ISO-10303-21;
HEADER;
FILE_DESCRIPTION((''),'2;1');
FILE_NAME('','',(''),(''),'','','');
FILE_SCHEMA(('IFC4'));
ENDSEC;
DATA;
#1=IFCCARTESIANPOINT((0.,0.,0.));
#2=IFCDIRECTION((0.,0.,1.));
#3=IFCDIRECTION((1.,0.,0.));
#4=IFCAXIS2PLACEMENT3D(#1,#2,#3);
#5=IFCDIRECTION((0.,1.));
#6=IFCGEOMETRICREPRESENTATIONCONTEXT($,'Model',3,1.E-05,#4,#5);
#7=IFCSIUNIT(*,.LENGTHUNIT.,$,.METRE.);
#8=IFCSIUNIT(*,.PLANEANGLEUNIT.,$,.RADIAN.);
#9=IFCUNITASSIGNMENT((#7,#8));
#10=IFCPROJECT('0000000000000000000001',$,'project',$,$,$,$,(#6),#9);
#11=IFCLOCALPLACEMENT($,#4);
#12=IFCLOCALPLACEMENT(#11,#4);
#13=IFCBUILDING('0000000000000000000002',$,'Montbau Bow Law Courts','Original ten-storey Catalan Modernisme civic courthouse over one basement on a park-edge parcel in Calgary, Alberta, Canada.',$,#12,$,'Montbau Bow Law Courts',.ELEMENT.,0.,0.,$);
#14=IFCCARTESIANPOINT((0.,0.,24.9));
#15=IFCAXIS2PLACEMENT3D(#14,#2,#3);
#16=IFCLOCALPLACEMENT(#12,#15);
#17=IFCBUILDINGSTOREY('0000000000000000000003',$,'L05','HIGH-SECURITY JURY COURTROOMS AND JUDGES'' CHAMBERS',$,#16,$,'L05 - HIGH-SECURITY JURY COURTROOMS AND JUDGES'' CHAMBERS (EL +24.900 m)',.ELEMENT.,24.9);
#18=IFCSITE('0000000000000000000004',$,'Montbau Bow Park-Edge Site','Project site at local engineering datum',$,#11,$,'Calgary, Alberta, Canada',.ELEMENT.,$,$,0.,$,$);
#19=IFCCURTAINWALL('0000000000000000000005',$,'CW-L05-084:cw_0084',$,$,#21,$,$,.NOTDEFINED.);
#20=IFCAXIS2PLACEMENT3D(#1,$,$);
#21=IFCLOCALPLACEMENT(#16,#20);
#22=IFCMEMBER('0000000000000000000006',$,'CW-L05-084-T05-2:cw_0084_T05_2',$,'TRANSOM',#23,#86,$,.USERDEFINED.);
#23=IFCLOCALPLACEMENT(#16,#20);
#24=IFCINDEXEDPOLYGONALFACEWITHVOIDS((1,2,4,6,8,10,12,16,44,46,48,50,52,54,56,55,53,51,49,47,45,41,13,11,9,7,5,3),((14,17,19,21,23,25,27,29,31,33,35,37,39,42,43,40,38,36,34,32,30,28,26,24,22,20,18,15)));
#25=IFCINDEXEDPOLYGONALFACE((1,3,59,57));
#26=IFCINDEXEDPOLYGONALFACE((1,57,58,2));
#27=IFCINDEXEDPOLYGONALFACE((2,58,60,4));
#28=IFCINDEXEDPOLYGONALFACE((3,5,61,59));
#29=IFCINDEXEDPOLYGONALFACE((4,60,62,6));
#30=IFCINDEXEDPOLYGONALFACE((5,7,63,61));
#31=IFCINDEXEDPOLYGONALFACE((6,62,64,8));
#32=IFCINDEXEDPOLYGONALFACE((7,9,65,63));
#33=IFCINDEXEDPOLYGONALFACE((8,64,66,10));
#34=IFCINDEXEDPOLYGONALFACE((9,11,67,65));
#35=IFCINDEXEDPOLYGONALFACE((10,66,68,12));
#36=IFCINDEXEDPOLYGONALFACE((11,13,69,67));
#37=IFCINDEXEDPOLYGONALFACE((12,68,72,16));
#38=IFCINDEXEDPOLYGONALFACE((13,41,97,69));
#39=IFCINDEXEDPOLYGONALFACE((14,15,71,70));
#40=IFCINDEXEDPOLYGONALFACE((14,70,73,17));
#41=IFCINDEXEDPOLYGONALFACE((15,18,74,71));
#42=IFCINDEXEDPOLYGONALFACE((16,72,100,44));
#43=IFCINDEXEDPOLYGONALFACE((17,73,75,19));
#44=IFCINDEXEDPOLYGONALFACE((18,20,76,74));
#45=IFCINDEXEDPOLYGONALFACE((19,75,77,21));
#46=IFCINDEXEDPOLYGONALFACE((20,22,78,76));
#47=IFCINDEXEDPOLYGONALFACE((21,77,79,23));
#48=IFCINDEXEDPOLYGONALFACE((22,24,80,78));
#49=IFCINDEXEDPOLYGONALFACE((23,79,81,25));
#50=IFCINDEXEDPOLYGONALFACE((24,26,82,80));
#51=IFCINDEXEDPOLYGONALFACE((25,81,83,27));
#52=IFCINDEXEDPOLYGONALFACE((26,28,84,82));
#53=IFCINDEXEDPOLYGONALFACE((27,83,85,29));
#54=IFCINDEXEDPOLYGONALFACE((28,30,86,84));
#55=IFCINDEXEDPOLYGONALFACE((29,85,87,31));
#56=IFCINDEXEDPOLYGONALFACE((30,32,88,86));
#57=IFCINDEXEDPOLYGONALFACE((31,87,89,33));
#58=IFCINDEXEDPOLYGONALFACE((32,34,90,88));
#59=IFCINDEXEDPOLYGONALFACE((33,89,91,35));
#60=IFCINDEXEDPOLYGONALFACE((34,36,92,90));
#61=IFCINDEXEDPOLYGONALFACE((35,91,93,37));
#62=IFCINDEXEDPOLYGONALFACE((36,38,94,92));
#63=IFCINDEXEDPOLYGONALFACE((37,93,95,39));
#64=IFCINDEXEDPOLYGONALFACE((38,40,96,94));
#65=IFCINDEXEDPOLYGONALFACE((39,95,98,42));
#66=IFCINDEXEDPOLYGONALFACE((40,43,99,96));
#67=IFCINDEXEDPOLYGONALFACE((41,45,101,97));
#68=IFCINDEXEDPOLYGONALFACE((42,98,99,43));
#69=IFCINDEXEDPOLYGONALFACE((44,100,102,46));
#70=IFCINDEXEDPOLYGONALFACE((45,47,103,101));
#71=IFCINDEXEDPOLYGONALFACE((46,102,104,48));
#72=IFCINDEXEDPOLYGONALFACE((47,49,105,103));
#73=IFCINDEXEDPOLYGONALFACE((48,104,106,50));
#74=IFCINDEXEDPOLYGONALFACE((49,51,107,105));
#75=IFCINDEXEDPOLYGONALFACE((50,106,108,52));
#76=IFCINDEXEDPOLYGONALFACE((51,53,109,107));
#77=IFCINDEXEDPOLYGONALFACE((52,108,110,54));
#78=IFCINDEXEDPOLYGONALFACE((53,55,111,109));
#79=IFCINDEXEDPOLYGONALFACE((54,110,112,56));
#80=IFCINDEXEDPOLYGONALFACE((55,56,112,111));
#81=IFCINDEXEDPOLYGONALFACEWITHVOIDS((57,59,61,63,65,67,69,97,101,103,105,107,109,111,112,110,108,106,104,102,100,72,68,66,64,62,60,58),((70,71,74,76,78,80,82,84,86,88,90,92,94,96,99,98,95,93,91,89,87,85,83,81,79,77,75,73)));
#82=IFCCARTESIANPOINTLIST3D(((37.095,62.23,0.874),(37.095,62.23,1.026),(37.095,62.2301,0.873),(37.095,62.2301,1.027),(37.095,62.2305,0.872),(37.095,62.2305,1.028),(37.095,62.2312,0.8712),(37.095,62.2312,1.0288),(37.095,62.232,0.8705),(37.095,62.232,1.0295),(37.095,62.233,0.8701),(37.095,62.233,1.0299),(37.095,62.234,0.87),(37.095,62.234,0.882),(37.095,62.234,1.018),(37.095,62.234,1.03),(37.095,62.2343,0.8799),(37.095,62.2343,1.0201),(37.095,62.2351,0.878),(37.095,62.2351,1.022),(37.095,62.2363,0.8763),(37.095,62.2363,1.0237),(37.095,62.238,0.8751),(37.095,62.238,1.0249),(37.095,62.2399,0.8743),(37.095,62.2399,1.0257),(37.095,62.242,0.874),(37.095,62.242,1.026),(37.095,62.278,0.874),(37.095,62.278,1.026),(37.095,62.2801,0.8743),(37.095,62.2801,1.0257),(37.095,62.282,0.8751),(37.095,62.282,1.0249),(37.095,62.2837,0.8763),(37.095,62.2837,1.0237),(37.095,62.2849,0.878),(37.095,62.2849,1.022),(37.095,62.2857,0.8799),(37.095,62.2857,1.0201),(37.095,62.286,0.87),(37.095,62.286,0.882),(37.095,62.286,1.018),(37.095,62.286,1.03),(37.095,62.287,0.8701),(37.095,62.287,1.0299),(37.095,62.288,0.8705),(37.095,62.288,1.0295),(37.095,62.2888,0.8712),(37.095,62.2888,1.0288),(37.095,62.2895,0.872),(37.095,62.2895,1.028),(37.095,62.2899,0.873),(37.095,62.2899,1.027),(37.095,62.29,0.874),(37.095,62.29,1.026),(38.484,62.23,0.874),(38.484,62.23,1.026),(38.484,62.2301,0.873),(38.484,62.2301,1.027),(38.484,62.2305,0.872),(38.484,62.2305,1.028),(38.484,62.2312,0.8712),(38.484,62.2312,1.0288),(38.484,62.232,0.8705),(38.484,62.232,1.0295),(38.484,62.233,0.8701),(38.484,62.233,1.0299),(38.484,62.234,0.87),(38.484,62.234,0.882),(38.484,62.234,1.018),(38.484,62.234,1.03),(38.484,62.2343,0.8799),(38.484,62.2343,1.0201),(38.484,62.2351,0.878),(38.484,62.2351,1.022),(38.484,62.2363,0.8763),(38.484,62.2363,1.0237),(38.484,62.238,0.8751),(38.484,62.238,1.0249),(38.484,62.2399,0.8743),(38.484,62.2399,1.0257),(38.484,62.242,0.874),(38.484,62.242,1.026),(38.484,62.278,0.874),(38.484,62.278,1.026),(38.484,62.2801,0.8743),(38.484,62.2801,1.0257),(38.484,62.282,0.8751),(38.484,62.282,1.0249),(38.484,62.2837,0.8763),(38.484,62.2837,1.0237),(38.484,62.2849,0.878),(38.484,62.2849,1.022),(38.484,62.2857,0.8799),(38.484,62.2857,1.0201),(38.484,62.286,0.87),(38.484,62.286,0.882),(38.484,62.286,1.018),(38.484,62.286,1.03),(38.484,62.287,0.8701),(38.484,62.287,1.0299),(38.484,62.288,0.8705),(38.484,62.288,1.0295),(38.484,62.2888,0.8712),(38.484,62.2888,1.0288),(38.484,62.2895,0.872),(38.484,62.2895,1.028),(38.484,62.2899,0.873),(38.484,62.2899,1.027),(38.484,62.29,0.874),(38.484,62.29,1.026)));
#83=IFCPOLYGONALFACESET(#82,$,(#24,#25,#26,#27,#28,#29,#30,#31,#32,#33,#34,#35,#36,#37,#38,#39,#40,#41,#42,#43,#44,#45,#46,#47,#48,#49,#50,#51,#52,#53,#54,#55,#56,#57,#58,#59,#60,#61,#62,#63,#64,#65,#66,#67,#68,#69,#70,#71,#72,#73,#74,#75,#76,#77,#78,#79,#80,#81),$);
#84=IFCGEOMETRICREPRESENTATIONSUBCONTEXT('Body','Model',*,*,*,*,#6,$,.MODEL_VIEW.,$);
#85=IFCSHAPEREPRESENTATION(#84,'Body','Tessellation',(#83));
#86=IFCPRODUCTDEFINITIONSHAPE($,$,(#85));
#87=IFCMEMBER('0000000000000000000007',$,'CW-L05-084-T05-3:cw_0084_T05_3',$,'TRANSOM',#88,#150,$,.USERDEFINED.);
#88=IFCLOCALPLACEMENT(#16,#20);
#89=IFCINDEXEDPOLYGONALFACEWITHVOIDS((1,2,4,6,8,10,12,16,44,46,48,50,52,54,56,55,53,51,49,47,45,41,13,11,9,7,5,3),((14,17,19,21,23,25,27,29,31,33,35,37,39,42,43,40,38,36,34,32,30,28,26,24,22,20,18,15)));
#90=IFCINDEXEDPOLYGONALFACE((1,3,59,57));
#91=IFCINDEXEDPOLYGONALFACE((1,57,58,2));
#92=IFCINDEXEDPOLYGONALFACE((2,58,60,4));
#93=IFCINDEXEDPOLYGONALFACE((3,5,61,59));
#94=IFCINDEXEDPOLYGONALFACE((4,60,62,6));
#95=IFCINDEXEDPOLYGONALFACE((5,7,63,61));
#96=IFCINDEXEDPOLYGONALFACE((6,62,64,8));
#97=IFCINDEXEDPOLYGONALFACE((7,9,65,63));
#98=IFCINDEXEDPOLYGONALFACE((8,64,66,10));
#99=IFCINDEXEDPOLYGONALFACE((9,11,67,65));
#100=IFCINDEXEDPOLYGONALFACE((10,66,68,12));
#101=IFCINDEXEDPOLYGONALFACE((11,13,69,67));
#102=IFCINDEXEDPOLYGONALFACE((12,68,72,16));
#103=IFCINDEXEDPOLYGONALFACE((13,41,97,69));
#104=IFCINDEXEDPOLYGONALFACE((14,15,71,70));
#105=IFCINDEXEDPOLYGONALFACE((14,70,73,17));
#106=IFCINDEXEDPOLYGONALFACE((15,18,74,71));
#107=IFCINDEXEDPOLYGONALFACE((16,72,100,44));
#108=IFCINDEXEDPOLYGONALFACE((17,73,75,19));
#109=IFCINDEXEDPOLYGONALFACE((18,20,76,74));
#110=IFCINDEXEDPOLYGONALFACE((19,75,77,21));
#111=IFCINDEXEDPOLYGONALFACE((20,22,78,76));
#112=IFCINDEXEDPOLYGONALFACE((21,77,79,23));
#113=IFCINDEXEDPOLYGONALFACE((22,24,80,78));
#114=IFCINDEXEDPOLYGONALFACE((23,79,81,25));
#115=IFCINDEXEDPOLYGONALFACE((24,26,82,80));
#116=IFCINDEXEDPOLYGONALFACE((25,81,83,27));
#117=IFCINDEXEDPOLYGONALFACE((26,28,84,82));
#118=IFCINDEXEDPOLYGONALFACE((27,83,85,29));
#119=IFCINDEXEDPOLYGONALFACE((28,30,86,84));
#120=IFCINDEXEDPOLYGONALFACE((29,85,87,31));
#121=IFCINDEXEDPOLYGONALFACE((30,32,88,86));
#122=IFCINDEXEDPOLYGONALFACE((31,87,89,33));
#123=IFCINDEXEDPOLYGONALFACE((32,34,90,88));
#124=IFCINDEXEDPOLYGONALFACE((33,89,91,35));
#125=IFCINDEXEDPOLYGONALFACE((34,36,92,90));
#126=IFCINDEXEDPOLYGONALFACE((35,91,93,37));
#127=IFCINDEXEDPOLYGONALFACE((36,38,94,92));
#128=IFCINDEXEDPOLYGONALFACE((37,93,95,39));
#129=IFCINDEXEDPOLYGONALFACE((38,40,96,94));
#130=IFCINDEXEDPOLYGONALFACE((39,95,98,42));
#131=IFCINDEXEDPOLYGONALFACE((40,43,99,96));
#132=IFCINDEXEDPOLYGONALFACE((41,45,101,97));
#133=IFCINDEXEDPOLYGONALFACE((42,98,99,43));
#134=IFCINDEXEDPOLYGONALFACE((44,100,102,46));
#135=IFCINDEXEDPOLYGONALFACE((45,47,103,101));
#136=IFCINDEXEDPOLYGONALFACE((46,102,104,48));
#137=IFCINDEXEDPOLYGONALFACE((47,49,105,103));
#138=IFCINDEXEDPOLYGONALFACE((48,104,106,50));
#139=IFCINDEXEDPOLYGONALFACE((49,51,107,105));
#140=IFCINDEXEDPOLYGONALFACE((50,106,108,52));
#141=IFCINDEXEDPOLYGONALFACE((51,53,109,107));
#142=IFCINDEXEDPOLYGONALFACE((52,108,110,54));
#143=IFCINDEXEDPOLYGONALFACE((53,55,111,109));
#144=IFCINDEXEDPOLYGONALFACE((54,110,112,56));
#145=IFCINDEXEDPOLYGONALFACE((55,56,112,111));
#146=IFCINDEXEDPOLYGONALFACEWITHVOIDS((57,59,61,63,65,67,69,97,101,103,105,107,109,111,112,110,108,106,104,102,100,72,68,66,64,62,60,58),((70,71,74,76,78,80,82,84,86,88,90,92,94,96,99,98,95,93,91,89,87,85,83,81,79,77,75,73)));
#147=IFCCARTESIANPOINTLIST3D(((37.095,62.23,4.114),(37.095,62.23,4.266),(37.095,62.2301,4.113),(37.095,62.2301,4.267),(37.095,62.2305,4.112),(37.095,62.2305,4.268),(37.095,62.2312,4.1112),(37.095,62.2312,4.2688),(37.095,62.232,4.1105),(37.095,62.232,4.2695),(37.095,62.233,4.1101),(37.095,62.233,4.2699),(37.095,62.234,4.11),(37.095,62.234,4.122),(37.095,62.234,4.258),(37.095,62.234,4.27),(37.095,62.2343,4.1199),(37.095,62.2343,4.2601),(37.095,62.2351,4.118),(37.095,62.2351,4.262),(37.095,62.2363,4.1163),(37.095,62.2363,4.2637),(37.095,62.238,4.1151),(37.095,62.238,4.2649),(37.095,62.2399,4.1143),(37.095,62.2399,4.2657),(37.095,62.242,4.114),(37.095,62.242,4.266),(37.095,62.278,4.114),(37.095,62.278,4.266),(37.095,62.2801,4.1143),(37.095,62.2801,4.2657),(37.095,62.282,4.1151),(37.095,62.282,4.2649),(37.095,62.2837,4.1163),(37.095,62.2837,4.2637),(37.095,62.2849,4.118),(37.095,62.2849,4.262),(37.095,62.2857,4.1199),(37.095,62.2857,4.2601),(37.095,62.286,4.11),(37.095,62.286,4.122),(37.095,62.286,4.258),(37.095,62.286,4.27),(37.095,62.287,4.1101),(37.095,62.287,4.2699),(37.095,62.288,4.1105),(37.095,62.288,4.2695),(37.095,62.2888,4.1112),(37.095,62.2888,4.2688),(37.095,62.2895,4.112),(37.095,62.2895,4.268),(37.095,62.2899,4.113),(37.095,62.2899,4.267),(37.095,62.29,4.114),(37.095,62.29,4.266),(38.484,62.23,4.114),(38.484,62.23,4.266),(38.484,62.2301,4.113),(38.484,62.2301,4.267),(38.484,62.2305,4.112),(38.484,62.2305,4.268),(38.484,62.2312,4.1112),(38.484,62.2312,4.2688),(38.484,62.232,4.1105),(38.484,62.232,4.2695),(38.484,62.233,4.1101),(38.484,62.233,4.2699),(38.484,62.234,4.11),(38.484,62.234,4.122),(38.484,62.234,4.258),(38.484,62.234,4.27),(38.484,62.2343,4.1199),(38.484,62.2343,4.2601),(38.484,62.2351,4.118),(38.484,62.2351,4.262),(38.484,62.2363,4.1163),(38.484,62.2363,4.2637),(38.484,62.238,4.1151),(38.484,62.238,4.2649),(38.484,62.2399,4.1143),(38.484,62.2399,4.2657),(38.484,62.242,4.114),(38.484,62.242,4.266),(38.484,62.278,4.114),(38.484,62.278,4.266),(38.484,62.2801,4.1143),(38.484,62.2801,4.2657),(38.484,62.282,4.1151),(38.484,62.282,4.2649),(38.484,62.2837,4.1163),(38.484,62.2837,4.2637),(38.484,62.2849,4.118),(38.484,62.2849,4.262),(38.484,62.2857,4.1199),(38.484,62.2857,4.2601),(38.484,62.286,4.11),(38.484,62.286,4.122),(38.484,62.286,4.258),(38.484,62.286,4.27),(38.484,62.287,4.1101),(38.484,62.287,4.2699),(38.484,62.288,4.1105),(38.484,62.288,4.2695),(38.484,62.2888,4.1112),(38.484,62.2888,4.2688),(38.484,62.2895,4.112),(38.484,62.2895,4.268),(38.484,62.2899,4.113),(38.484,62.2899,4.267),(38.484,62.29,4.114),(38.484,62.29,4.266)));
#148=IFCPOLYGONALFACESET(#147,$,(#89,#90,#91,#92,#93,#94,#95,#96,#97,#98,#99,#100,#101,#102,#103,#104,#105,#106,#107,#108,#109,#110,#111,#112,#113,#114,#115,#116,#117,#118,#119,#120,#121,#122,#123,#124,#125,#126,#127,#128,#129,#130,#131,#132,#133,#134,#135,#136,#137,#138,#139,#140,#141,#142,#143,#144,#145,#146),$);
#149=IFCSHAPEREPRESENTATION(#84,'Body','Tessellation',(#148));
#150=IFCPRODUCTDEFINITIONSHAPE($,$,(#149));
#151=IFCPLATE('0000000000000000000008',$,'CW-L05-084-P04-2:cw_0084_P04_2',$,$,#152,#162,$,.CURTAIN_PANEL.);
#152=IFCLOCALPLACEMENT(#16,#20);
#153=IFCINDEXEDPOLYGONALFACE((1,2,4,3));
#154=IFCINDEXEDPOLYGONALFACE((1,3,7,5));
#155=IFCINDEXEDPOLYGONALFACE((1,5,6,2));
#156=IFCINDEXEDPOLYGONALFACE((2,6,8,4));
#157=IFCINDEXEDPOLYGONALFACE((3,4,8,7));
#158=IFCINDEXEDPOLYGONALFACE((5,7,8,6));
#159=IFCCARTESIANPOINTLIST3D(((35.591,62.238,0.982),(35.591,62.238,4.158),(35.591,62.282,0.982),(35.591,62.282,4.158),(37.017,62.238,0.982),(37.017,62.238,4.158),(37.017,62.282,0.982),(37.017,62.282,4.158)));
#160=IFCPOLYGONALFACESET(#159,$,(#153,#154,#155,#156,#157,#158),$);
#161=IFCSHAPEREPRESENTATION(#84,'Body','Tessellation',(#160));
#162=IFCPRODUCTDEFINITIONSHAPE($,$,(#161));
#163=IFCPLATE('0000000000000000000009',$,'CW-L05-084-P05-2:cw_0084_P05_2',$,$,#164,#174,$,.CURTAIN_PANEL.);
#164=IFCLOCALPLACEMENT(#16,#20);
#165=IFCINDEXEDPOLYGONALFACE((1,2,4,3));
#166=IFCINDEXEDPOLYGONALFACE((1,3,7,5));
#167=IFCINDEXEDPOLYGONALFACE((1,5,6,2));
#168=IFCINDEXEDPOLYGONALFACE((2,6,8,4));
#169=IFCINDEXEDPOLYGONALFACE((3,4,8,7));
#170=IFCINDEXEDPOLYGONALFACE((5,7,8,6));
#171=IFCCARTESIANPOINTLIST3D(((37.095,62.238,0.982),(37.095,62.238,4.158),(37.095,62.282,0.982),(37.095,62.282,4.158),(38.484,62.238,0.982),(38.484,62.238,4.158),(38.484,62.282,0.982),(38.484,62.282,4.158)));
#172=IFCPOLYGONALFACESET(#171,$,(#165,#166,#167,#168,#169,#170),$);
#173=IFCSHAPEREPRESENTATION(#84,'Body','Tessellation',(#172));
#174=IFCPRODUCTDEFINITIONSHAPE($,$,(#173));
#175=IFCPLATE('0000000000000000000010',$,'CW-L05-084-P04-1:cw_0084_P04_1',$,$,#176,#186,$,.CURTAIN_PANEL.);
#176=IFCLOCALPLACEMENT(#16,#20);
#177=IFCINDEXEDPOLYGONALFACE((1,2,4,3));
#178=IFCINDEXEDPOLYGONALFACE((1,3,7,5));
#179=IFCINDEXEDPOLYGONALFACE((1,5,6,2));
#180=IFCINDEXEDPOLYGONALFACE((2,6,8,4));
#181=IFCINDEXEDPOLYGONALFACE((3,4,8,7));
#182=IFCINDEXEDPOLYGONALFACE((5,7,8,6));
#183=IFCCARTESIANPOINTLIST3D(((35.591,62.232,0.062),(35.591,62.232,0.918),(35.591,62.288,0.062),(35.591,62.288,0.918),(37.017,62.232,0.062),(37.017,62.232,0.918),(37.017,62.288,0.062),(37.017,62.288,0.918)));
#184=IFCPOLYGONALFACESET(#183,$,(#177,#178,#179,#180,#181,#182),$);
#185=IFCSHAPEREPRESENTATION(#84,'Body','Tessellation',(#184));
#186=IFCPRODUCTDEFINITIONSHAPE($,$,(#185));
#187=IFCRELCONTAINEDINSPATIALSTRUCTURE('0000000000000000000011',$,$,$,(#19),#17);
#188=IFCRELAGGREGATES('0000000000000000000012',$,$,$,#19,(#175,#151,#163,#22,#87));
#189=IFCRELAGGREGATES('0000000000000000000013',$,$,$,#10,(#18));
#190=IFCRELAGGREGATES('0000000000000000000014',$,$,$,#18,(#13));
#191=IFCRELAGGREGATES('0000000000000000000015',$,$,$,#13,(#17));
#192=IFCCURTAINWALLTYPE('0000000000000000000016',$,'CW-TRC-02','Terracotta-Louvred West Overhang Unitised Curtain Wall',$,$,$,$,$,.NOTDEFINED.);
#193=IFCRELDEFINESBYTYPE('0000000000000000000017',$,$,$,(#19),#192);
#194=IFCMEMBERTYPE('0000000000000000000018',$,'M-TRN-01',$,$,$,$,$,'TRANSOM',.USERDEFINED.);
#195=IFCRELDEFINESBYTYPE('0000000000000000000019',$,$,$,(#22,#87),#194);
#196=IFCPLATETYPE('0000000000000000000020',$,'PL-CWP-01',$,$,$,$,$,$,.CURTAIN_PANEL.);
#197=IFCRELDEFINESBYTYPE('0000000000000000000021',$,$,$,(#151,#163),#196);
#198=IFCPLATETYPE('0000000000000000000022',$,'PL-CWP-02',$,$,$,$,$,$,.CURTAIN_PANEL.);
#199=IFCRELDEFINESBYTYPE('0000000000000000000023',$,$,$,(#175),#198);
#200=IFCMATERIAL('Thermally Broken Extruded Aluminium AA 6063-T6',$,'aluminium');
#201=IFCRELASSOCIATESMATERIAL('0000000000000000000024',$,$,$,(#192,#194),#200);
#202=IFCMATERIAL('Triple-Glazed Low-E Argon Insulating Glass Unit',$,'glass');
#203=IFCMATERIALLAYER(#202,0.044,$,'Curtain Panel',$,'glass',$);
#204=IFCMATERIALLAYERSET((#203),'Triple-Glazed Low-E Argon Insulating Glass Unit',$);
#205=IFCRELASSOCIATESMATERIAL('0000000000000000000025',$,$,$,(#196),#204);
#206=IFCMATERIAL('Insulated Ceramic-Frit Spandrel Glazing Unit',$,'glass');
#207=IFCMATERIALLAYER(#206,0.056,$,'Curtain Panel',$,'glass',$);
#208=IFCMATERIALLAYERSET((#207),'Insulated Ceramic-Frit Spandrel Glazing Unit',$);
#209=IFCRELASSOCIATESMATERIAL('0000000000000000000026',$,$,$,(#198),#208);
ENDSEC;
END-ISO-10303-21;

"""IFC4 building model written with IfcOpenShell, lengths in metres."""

from ifc_helpers import new_model, si_unit, direction, frame, frame_2d, origin_with_axes, origin_2d_with_axis, place, context, subcontext, project, spatial, rectangle, hollow_rectangle, extrude, material, layer, layer_set, material_profile, profile_set, type_object, element, aggregate, save


model = new_model("IFC4")

# Units and contexts
model_context = context("Model", 3, precision=1e-05, world=origin_with_axes(), true_north=direction((0.0, 1.0)))
body_context = subcontext(model_context, "Body", "Model", "MODEL_VIEW")
ifc_project = project(units=[si_unit("LENGTHUNIT", "METRE"), si_unit("PLANEANGLEUNIT", "RADIAN")], contexts=[model_context])

# Site, building, storey
site_placement = place(None, origin_with_axes())
site = spatial("IfcSite", under=ifc_project, at=site_placement, Name="Montbau Bow Park-Edge Site", Description="Project site at local engineering datum", LongName="Calgary, Alberta, Canada", CompositionType="ELEMENT", RefElevation=0.0)
building_placement = place(site_placement, origin_with_axes())
building = spatial("IfcBuilding", under=site, at=building_placement, Name="Montbau Bow Law Courts", Description="Original ten-storey Catalan Modernisme civic courthouse over one basement on a park-edge parcel in Calgary, Alberta, Canada.", LongName="Montbau Bow Law Courts", CompositionType="ELEMENT", ElevationOfRefHeight=0.0, ElevationOfTerrain=0.0)
storey_placement = place(building_placement, frame((0.0, 0.0, 24.9), z_axis=(0.0, 0.0, 1.0), x_axis=(1.0, 0.0, 0.0)))
storey = spatial("IfcBuildingStorey", under=building, at=storey_placement, Name="L05", Description="HIGH-SECURITY JURY COURTROOMS AND JUDGES' CHAMBERS", LongName="L05 - HIGH-SECURITY JURY COURTROOMS AND JUDGES' CHAMBERS (EL +24.900 m)", CompositionType="ELEMENT", Elevation=24.9)

# Curtain wall, members, plates
ifc_material_1 = material(Name="Thermally Broken Extruded Aluminium AA 6063-T6", Category="aluminium")
curtain_wall_type = type_object("IfcCurtainWallType", Name="CW-TRC-02", Description="Terracotta-Louvred West Overhang Unitised Curtain Wall", PredefinedType="NOTDEFINED", material=ifc_material_1)
curtain_wall_placement = place(None, frame((31.04, 62.26, 24.9), z_axis=(0.0, 0.0, 1.0), x_axis=(1.0, 0.0, 0.0)))
curtain_wall = element("IfcCurtainWall", 1, at=curtain_wall_placement, inside=storey, type_object=curtain_wall_type, Name="CW-L05-084:cw_0084", PredefinedType="NOTDEFINED")
ifc_material_profile_1 = material_profile(ifc_material_1, hollow_rectangle(XDim=0.06, YDim=0.16, WallThickness=0.004, InnerFilletRadius=0.008, OuterFilletRadius=0.004, at=origin_2d_with_axis()), Name="CWT-160X60", Category="Main", Priority=0)
ifc_profile_set_1 = profile_set([ifc_material_profile_1], Name="Thermally Broken Extruded Aluminium AA 6063-T6")
member_type_1 = type_object("IfcMemberType", Name="M-TRN-01", ElementType="TRANSOM", PredefinedType="USERDEFINED", material=ifc_profile_set_1)
member_1_placement = place(None, frame((37.095, 62.26, 25.85), z_axis=(1.0, 0.0, 0.0), x_axis=(0.0, 1.0, 0.0)))
member_1 = element("IfcMember", 2, at=member_1_placement, type_object=member_type_1, Name="CW-L05-084-T05-2:cw_0084_T05_2", ObjectType="TRANSOM", PredefinedType="USERDEFINED", context=body_context, shape_type="SweptSolid", body=[
    extrude(hollow_rectangle(XDim=0.06, YDim=0.16, WallThickness=0.004, InnerFilletRadius=0.008, OuterFilletRadius=0.004, at=origin_2d_with_axis()), origin_with_axes(), (0.0, 0.0, 1.0), 1.389),
])
member_2_placement = place(None, frame((37.095, 62.26, 29.09), z_axis=(1.0, 0.0, 0.0), x_axis=(0.0, 1.0, 0.0)))
member_2 = element("IfcMember", 3, at=member_2_placement, type_object=member_type_1, Name="CW-L05-084-T05-3:cw_0084_T05_3", ObjectType="TRANSOM", PredefinedType="USERDEFINED", context=body_context, shape_type="SweptSolid", body=[
    extrude(hollow_rectangle(XDim=0.06, YDim=0.16, WallThickness=0.004, InnerFilletRadius=0.008, OuterFilletRadius=0.004, at=origin_2d_with_axis()), origin_with_axes(), (0.0, 0.0, 1.0), 1.389),
])
ifc_material_2 = material(Name="Triple-Glazed Low-E Argon Insulating Glass Unit", Category="glass")
ifc_layer_1 = layer(ifc_material_2, 0.044, Name="Curtain Panel", Category="glass")
ifc_layer_set_1 = layer_set([ifc_layer_1], Name="Triple-Glazed Low-E Argon Insulating Glass Unit")
plate_type_1 = type_object("IfcPlateType", Name="PL-CWP-01", PredefinedType="CURTAIN_PANEL", material=ifc_layer_set_1)
plate_1_placement = place(None, frame((35.591, 62.26, 25.882), z_axis=(0.0, -1.0, 0.0), x_axis=(1.0, 0.0, 0.0)))
plate_1 = element("IfcPlate", 4, at=plate_1_placement, type_object=plate_type_1, Name="CW-L05-084-P04-2:cw_0084_P04_2", PredefinedType="CURTAIN_PANEL", context=body_context, shape_type="SweptSolid", body=[
    extrude(rectangle(XDim=1.426, YDim=3.176, at=frame_2d((0.713, 1.588), x_axis=(1.0, 0.0))), frame((0.0, 0.0, -0.022), z_axis=(0.0, 0.0, 1.0), x_axis=(1.0, 0.0, 0.0)), (0.0, 0.0, 1.0), 0.044),
])
plate_2_placement = place(None, frame((37.095, 62.26, 25.882), z_axis=(0.0, -1.0, 0.0), x_axis=(1.0, 0.0, 0.0)))
plate_2 = element("IfcPlate", 5, at=plate_2_placement, type_object=plate_type_1, Name="CW-L05-084-P05-2:cw_0084_P05_2", PredefinedType="CURTAIN_PANEL", context=body_context, shape_type="SweptSolid", body=[
    extrude(rectangle(XDim=1.389, YDim=3.176, at=frame_2d((0.6945, 1.588), x_axis=(1.0, 0.0))), frame((0.0, 0.0, -0.022), z_axis=(0.0, 0.0, 1.0), x_axis=(1.0, 0.0, 0.0)), (0.0, 0.0, 1.0), 0.044),
])
ifc_material_3 = material(Name="Insulated Ceramic-Frit Spandrel Glazing Unit", Category="glass")
ifc_layer_2 = layer(ifc_material_3, 0.056, Name="Curtain Panel", Category="glass")
ifc_layer_set_2 = layer_set([ifc_layer_2], Name="Insulated Ceramic-Frit Spandrel Glazing Unit")
plate_type_2 = type_object("IfcPlateType", Name="PL-CWP-02", PredefinedType="CURTAIN_PANEL", material=ifc_layer_set_2)
plate_3_placement = place(None, frame((35.591, 62.26, 24.962), z_axis=(0.0, -1.0, 0.0), x_axis=(1.0, 0.0, 0.0)))
plate_3 = element("IfcPlate", 6, at=plate_3_placement, type_object=plate_type_2, Name="CW-L05-084-P04-1:cw_0084_P04_1", PredefinedType="CURTAIN_PANEL", context=body_context, shape_type="SweptSolid", body=[
    extrude(rectangle(XDim=1.426, YDim=0.856, at=frame_2d((0.713, 0.428), x_axis=(1.0, 0.0))), frame((0.0, 0.0, -0.028), z_axis=(0.0, 0.0, 1.0), x_axis=(1.0, 0.0, 0.0)), (0.0, 0.0, 1.0), 0.056),
])
aggregate(curtain_wall, [plate_3, plate_1, plate_2, member_1, member_2])

save(model, "model.ifc")
